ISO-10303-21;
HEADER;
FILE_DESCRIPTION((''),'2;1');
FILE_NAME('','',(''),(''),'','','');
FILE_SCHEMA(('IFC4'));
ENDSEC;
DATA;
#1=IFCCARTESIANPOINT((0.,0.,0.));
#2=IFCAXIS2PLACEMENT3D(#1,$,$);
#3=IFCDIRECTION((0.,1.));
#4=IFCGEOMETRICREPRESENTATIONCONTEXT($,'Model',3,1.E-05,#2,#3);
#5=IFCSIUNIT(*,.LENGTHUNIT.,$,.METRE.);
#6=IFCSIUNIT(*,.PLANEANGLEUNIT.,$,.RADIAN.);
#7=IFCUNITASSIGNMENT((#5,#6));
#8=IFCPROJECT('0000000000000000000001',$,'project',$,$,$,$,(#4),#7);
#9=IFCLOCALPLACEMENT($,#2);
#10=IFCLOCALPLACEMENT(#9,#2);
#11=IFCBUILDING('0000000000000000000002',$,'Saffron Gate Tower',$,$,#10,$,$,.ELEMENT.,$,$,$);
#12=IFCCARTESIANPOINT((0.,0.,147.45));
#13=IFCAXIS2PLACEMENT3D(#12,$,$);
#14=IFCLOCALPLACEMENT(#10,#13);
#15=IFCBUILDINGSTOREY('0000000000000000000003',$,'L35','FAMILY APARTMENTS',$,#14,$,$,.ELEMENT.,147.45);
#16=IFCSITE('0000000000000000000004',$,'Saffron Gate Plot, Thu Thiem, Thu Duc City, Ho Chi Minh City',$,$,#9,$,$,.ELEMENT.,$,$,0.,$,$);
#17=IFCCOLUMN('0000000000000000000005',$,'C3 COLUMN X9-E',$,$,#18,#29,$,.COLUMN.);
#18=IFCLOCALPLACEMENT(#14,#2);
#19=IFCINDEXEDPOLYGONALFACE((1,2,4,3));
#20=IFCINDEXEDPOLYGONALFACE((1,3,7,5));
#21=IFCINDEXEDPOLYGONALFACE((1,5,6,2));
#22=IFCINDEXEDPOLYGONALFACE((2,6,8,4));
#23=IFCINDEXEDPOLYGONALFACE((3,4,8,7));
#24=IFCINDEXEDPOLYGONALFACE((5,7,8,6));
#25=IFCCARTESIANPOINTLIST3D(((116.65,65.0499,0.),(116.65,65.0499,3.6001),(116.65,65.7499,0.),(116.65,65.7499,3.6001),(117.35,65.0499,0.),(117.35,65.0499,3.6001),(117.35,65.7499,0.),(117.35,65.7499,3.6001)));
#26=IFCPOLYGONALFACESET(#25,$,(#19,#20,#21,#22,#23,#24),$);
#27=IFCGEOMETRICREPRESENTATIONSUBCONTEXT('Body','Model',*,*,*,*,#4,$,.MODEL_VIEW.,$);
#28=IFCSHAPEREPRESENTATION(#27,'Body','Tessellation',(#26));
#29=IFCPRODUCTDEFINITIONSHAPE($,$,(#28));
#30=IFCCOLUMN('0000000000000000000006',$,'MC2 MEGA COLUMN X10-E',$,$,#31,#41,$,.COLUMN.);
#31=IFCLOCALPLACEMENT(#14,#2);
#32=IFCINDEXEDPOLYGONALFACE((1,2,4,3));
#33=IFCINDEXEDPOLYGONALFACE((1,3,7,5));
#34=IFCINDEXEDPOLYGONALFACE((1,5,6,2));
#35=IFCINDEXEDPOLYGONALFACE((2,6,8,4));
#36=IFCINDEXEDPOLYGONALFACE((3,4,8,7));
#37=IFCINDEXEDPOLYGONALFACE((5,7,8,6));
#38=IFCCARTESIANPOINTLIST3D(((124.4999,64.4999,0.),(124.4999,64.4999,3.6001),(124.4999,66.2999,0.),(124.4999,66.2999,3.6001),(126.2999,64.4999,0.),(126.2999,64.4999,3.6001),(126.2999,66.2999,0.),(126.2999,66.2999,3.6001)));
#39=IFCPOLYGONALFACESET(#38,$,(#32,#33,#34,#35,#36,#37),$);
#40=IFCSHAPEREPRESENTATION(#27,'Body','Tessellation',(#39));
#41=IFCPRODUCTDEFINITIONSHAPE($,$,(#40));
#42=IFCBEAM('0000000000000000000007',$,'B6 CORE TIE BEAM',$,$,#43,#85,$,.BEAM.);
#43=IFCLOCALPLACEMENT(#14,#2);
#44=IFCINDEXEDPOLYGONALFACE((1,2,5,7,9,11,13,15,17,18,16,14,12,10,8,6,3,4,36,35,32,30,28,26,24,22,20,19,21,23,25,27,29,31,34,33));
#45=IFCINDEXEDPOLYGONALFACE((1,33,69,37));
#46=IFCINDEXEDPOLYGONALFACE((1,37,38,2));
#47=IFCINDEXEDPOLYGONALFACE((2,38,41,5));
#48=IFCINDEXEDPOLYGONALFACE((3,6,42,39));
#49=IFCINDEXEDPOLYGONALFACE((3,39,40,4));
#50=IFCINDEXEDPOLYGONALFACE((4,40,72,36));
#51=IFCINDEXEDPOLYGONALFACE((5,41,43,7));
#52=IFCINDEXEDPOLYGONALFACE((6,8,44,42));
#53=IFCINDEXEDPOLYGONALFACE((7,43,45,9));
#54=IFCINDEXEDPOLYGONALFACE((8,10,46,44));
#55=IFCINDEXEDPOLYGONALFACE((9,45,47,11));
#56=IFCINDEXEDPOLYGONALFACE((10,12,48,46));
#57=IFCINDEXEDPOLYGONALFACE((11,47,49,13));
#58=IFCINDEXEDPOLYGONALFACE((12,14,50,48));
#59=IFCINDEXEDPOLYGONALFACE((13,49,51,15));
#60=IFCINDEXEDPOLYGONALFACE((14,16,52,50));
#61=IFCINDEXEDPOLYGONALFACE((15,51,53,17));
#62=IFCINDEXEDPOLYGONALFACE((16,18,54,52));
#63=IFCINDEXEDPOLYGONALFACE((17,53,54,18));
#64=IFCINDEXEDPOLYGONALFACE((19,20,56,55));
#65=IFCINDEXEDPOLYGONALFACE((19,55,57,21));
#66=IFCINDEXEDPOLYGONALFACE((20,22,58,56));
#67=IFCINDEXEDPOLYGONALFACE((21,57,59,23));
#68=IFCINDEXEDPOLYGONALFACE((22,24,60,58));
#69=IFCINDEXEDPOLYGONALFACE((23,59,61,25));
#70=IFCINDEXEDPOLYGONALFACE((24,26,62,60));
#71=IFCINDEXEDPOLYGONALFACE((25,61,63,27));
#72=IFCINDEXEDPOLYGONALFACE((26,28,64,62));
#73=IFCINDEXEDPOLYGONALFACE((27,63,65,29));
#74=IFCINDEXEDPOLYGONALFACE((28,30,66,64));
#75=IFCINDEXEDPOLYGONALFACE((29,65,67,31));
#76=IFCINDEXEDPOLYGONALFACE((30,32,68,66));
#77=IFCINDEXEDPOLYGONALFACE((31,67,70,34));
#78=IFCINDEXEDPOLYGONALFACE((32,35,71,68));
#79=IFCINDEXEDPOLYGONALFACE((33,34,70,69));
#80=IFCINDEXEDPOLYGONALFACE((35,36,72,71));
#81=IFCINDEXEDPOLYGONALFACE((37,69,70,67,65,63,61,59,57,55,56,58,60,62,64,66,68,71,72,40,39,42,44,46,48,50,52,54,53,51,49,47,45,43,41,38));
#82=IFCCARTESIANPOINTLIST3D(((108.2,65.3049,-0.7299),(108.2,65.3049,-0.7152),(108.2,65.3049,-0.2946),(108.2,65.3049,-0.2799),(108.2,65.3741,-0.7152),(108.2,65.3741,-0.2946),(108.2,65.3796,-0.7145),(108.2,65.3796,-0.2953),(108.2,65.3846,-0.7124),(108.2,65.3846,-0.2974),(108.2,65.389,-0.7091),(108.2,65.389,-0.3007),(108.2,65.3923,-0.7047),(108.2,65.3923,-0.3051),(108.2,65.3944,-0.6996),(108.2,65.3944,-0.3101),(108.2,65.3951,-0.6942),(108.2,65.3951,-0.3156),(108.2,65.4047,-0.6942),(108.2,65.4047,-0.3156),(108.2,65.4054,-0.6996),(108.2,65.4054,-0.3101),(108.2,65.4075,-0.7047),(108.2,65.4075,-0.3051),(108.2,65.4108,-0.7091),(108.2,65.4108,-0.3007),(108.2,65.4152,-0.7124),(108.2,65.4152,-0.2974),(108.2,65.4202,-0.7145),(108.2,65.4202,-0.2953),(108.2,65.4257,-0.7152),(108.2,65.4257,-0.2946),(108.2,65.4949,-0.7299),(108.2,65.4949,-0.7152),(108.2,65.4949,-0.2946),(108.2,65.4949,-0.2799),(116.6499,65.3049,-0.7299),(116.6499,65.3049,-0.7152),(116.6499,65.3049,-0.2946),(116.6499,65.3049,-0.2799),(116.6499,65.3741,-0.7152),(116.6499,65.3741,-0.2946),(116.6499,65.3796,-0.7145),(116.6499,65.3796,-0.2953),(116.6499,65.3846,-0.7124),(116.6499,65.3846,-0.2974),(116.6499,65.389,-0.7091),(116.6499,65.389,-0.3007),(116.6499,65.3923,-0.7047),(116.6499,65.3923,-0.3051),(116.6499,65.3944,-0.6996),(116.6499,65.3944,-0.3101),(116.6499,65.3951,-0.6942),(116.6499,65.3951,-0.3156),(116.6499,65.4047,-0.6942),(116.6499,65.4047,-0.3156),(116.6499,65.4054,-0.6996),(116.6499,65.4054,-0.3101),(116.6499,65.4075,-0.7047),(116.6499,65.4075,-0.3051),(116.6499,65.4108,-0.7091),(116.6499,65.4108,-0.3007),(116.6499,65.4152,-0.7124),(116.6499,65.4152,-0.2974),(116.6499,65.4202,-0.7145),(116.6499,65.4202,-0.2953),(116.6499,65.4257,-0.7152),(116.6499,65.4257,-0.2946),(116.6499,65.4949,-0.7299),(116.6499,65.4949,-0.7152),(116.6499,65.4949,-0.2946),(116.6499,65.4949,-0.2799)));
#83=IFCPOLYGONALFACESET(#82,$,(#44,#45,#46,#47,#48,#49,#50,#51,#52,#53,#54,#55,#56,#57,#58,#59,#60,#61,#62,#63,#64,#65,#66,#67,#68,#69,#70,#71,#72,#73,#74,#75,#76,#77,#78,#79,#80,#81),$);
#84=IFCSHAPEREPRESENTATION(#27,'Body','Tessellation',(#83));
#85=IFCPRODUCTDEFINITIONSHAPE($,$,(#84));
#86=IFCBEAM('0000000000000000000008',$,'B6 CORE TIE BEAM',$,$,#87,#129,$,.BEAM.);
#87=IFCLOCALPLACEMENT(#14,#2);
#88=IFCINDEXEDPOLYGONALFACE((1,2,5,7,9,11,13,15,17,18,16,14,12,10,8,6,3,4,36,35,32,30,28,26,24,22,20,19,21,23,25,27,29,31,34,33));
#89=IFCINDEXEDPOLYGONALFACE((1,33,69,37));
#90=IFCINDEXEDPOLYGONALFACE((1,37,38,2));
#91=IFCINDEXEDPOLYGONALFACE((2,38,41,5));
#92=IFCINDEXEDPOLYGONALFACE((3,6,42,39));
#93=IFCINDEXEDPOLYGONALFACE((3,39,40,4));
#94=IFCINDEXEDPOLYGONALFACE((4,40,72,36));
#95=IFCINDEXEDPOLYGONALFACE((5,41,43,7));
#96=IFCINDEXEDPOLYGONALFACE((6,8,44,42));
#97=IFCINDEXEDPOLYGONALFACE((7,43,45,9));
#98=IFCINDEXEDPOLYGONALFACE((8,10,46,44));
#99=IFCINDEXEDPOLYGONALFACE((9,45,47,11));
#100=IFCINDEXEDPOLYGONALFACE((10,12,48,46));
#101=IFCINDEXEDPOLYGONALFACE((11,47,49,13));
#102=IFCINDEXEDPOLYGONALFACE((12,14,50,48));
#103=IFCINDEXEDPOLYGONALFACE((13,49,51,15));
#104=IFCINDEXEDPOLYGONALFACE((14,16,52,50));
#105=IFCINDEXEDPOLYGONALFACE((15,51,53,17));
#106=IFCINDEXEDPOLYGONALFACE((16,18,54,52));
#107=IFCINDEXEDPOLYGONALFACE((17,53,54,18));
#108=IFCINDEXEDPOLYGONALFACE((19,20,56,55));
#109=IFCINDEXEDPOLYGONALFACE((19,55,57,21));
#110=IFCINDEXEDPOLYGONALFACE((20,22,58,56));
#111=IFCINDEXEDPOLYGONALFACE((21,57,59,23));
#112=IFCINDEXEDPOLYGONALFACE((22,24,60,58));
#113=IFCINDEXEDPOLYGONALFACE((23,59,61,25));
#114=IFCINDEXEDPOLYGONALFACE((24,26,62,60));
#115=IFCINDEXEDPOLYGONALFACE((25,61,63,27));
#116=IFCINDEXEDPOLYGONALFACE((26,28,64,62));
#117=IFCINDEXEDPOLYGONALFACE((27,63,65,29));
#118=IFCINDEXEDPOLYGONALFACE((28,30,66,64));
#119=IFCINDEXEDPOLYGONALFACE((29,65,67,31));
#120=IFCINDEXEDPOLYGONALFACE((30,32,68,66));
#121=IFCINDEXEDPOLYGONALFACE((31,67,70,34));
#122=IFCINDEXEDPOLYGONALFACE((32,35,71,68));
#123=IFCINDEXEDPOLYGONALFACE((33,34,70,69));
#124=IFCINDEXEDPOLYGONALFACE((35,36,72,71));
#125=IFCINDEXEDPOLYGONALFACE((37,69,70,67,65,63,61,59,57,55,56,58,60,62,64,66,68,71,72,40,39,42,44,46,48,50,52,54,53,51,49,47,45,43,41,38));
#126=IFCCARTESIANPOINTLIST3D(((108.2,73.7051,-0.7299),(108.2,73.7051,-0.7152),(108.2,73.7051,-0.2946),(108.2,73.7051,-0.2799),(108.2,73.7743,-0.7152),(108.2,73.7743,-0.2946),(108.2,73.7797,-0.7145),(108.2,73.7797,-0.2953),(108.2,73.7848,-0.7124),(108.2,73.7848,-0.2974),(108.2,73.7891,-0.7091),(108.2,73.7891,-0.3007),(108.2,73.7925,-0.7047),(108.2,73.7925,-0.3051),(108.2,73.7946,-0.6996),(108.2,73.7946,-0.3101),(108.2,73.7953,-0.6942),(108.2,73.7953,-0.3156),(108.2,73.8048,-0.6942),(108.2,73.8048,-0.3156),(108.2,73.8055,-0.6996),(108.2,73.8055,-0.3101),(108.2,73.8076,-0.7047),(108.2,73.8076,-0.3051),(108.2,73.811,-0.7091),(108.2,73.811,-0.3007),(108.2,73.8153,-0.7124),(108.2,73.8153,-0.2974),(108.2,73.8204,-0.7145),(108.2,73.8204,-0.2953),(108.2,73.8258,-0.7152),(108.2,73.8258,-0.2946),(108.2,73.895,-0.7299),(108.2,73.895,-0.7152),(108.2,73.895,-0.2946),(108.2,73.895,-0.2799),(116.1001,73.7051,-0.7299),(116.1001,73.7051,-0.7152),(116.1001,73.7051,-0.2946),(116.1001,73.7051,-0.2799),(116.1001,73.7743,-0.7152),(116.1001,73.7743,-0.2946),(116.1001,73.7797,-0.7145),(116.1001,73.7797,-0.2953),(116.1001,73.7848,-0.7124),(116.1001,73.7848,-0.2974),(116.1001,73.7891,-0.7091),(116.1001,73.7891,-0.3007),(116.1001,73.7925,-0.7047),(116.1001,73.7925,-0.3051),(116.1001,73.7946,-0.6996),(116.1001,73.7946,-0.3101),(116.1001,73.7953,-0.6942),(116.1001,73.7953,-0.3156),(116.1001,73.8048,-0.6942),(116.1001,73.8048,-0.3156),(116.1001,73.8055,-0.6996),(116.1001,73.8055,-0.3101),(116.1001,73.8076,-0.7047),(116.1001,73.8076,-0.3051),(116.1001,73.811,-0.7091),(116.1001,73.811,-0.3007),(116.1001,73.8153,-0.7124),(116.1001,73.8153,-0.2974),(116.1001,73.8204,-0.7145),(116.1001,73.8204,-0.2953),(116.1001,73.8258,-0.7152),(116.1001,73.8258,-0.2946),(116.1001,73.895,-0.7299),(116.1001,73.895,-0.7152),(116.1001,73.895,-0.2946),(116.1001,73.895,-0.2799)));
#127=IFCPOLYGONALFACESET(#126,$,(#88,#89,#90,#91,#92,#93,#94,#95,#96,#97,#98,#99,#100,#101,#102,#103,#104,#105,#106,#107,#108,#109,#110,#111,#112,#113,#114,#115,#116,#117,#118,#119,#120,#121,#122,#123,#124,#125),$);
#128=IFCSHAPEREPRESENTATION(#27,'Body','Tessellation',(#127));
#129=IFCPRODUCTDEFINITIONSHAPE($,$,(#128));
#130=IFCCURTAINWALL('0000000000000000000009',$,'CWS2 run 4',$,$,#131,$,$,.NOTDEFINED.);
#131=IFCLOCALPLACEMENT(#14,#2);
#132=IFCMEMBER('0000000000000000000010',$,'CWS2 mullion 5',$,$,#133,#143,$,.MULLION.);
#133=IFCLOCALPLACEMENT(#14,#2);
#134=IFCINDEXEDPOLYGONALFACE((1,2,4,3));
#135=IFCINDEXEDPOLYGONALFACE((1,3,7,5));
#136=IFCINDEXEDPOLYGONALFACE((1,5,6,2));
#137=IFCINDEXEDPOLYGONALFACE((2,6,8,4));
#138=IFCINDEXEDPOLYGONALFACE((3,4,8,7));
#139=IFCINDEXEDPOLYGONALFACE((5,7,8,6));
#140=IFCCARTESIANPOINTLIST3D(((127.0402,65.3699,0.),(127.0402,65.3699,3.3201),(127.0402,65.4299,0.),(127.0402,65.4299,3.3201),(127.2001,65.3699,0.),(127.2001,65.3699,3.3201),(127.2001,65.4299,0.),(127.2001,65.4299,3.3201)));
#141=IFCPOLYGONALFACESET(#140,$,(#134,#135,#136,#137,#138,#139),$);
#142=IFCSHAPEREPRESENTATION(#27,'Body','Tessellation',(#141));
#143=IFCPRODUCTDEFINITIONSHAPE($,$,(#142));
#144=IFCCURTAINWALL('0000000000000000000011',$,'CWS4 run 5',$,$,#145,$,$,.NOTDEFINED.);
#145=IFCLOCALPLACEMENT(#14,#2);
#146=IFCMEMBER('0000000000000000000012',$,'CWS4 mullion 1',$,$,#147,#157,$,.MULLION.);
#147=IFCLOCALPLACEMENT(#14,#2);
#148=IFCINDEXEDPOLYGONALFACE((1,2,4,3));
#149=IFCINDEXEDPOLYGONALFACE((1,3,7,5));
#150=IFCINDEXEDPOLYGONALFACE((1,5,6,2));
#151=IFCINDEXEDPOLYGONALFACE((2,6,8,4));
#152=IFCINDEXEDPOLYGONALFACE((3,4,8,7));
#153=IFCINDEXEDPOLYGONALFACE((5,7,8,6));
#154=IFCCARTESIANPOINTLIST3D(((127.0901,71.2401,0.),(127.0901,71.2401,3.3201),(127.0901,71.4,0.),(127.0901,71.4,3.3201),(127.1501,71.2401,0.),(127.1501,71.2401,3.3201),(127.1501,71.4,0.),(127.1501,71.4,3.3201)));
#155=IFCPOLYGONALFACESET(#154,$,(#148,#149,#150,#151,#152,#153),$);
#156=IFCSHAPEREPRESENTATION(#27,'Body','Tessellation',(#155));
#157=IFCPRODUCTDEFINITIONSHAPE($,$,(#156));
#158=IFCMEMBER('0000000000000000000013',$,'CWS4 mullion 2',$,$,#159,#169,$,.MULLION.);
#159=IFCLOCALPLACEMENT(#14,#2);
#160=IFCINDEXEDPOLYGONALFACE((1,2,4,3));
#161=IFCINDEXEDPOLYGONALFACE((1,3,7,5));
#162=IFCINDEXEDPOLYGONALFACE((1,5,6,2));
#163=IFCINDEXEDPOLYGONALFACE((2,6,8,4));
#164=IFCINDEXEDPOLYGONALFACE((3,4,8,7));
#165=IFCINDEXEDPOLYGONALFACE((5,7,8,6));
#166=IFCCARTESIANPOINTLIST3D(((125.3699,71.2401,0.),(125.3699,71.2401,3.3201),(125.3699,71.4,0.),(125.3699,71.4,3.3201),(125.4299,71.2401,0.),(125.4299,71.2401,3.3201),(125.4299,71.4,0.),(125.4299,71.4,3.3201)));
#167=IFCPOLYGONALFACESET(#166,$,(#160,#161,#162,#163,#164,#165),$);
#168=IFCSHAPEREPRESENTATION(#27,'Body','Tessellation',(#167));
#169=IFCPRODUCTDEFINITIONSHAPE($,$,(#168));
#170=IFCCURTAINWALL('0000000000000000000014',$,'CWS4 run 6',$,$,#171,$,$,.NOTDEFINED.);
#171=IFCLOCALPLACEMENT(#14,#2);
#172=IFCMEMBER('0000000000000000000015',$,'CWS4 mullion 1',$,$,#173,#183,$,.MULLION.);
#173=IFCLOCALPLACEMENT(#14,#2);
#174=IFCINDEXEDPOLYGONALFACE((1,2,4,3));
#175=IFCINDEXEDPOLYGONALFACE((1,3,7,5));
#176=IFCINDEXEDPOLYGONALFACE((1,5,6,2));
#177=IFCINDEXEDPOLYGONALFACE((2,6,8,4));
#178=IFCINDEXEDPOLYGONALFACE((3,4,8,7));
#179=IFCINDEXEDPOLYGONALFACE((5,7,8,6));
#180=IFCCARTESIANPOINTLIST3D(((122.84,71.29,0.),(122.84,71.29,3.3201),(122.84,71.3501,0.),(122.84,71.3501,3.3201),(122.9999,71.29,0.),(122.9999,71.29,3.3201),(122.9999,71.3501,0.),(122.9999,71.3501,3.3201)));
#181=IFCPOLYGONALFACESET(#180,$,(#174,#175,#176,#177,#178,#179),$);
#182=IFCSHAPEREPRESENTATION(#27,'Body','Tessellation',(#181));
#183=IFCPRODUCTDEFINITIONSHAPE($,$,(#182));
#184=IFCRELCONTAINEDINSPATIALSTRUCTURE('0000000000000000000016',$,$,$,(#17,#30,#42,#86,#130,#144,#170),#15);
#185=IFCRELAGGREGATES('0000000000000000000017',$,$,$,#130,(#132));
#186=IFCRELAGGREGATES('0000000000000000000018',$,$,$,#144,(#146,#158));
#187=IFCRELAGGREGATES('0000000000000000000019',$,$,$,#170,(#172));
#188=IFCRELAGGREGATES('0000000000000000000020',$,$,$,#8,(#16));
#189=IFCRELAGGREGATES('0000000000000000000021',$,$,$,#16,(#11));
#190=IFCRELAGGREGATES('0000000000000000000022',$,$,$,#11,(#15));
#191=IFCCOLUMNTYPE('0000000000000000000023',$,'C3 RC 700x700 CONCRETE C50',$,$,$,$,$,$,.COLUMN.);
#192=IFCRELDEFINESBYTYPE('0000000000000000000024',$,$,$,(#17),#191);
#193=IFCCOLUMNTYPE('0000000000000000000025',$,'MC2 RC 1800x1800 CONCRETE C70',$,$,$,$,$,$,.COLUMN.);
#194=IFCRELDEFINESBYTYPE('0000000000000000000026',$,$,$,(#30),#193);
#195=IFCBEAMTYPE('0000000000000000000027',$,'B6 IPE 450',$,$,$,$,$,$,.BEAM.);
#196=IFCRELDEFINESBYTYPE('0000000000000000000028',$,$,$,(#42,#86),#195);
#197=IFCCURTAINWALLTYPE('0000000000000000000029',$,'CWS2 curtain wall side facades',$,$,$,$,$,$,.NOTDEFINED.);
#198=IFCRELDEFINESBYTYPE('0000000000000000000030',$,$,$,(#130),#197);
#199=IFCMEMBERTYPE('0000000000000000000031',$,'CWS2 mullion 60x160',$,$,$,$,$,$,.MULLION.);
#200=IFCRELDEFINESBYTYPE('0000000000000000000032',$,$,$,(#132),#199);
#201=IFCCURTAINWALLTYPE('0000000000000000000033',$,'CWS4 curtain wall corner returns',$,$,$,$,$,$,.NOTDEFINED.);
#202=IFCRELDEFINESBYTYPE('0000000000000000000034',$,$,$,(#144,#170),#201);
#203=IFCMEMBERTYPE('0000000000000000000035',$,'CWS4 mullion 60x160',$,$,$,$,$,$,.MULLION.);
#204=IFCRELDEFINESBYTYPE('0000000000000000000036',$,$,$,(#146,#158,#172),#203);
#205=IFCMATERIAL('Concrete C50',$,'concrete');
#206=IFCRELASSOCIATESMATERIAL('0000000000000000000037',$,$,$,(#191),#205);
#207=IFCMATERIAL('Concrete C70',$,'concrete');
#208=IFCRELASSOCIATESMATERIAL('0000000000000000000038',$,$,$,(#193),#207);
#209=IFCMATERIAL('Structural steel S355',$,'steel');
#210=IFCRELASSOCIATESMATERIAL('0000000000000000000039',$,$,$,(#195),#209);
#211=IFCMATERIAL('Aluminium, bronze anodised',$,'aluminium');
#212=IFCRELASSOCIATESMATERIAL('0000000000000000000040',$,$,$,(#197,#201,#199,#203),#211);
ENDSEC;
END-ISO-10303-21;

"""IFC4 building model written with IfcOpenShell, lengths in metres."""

from ifc_helpers import new_model, si_unit, direction, frame, origin, origin_2d, place, context, subcontext, project, spatial, rectangle, i_section, extrude, material, material_profile, profile_set, type_object, element, aggregate, save


model = new_model("IFC4")

# Units and contexts
model_context = context("Model", 3, precision=1e-05, world=origin(), true_north=direction((0.0, 1.0)))
body_context = subcontext(model_context, "Body", "Model", "MODEL_VIEW")
ifc_project = project(units=[si_unit("LENGTHUNIT", "METRE"), si_unit("PLANEANGLEUNIT", "RADIAN")], contexts=[model_context])

# Site, building, storey
site_placement = place(None, origin())
site = spatial("IfcSite", under=ifc_project, at=site_placement, Name="Saffron Gate Plot, Thu Thiem, Thu Duc City, Ho Chi Minh City", CompositionType="ELEMENT", RefElevation=0.0)
building_placement = place(site_placement, origin())
building = spatial("IfcBuilding", under=site, at=building_placement, Name="Saffron Gate Tower", CompositionType="ELEMENT")
storey_placement = place(building_placement, frame((0.0, 0.0, 147.45)))
storey = spatial("IfcBuildingStorey", under=building, at=storey_placement, Name="L35", Description="FAMILY APARTMENTS", CompositionType="ELEMENT", Elevation=147.45)

# Columns
ifc_material_1 = material(Name="Concrete C50", Category="concrete")
ifc_material_profile_1 = material_profile(ifc_material_1, rectangle(XDim=0.7, YDim=0.7, at=origin_2d()))
ifc_profile_set_1 = profile_set([ifc_material_profile_1], Name="Concrete C50")
column_type_1 = type_object("IfcColumnType", Name="C3 RC 700x700 CONCRETE C50", PredefinedType="COLUMN", material=ifc_profile_set_1)
column_1_placement = place(storey_placement, frame((117.0, 65.3999, 0.0), z_axis=(0.0, 0.0, 1.0), x_axis=(1.0, 0.0, 0.0)))
element("IfcColumn", 1, at=column_1_placement, inside=storey, type_object=column_type_1, Name="C3 COLUMN X9-E", PredefinedType="COLUMN", context=body_context, shape_type="SweptSolid", body=[
    extrude(rectangle(XDim=0.7, YDim=0.7, at=origin_2d()), origin(), (0.0, 0.0, 1.0), 3.6001),
])
ifc_material_2 = material(Name="Concrete C70", Category="concrete")
ifc_material_profile_2 = material_profile(ifc_material_2, rectangle(XDim=1.8, YDim=1.8, at=origin_2d()))
ifc_profile_set_2 = profile_set([ifc_material_profile_2], Name="Concrete C70")
column_type_2 = type_object("IfcColumnType", Name="MC2 RC 1800x1800 CONCRETE C70", PredefinedType="COLUMN", material=ifc_profile_set_2)
column_2_placement = place(storey_placement, frame((125.3999, 65.3999, 0.0), z_axis=(0.0, 0.0, 1.0), x_axis=(1.0, 0.0, 0.0)))
element("IfcColumn", 2, at=column_2_placement, inside=storey, type_object=column_type_2, Name="MC2 MEGA COLUMN X10-E", PredefinedType="COLUMN", context=body_context, shape_type="SweptSolid", body=[
    extrude(rectangle(XDim=1.8, YDim=1.8, at=origin_2d()), origin(), (0.0, 0.0, 1.0), 3.6001),
])

# Beams
ifc_material_3 = material(Name="Structural steel S355", Category="steel")
ifc_material_profile_3 = material_profile(ifc_material_3, i_section(OverallWidth=0.1899, OverallDepth=0.45, WebThickness=0.0095, FlangeThickness=0.0146, FilletRadius=0.021, at=origin_2d()))
ifc_profile_set_3 = profile_set([ifc_material_profile_3], Name="Structural steel S355")
beam_type = type_object("IfcBeamType", Name="B6 IPE 450", PredefinedType="BEAM", material=ifc_profile_set_3)
beam_1_placement = place(storey_placement, frame((116.6499, 65.3999, -0.5049), z_axis=(-1.0, 0.0, 0.0), x_axis=(0.0, -1.0, 0.0)))
element("IfcBeam", 3, at=beam_1_placement, inside=storey, type_object=beam_type, Name="B6 CORE TIE BEAM", PredefinedType="BEAM", context=body_context, shape_type="SweptSolid", body=[
    extrude(i_section(OverallWidth=0.1899, OverallDepth=0.45, WebThickness=0.0095, FlangeThickness=0.0146, FilletRadius=0.021, at=origin_2d()), origin(), (0.0, 0.0, 1.0), 8.45),
])
beam_2_placement = place(storey_placement, frame((116.1001, 73.8, -0.5049), z_axis=(-1.0, 0.0, 0.0), x_axis=(0.0, -1.0, 0.0)))
element("IfcBeam", 4, at=beam_2_placement, inside=storey, type_object=beam_type, Name="B6 CORE TIE BEAM", PredefinedType="BEAM", context=body_context, shape_type="SweptSolid", body=[
    extrude(i_section(OverallWidth=0.1899, OverallDepth=0.45, WebThickness=0.0095, FlangeThickness=0.0146, FilletRadius=0.021, at=origin_2d()), origin(), (0.0, 0.0, 1.0), 7.9001),
])

# Curtain wall, member
ifc_material_4 = material(Name="Aluminium, bronze anodised", Category="aluminium")
curtain_wall_type_1 = type_object("IfcCurtainWallType", Name="CWS2 curtain wall side facades", PredefinedType="NOTDEFINED", material=ifc_material_4)
curtain_wall_1_placement = place(storey_placement, origin())
curtain_wall_1 = element("IfcCurtainWall", 5, at=curtain_wall_1_placement, inside=storey, type_object=curtain_wall_type_1, Name="CWS2 run 4", PredefinedType="NOTDEFINED")
ifc_material_profile_4 = material_profile(ifc_material_4, rectangle(XDim=0.1599, YDim=0.0601, at=origin_2d()))
ifc_profile_set_4 = profile_set([ifc_material_profile_4], Name="Aluminium, bronze anodised")
member_type_1 = type_object("IfcMemberType", Name="CWS2 mullion 60x160", PredefinedType="MULLION", material=ifc_profile_set_4)
member_1_placement = place(storey_placement, frame((127.1201, 65.3999, 0.0), z_axis=(0.0, 0.0, 1.0), x_axis=(-1.0, 0.0, 0.0)))
member_1 = element("IfcMember", 6, at=member_1_placement, type_object=member_type_1, Name="CWS2 mullion 5", PredefinedType="MULLION", context=body_context, shape_type="SweptSolid", body=[
    extrude(rectangle(XDim=0.1599, YDim=0.0601, at=origin_2d()), origin(), (0.0, 0.0, 1.0), 3.3201),
])
aggregate(curtain_wall_1, [member_1])

# Curtain wall, members
curtain_wall_type_2 = type_object("IfcCurtainWallType", Name="CWS4 curtain wall corner returns", PredefinedType="NOTDEFINED", material=ifc_material_4)
curtain_wall_2_placement = place(storey_placement, origin())
curtain_wall_2 = element("IfcCurtainWall", 7, at=curtain_wall_2_placement, inside=storey, type_object=curtain_wall_type_2, Name="CWS4 run 5", PredefinedType="NOTDEFINED")
ifc_material_profile_5 = material_profile(ifc_material_4, rectangle(XDim=0.1599, YDim=0.0601, at=origin_2d()))
ifc_profile_set_5 = profile_set([ifc_material_profile_5], Name="Aluminium, bronze anodised")
member_type_2 = type_object("IfcMemberType", Name="CWS4 mullion 60x160", PredefinedType="MULLION", material=ifc_profile_set_5)
member_2_placement = place(storey_placement, frame((127.1201, 71.3201, 0.0), z_axis=(0.0, 0.0, 1.0), x_axis=(0.0, -1.0, 0.0)))
member_2 = element("IfcMember", 8, at=member_2_placement, type_object=member_type_2, Name="CWS4 mullion 1", PredefinedType="MULLION", context=body_context, shape_type="SweptSolid", body=[
    extrude(rectangle(XDim=0.1599, YDim=0.0601, at=origin_2d()), origin(), (0.0, 0.0, 1.0), 3.3201),
])
member_3_placement = place(storey_placement, frame((125.3999, 71.3201, 0.0), z_axis=(0.0, 0.0, 1.0), x_axis=(0.0, -1.0, 0.0)))
member_3 = element("IfcMember", 9, at=member_3_placement, type_object=member_type_2, Name="CWS4 mullion 2", PredefinedType="MULLION", context=body_context, shape_type="SweptSolid", body=[
    extrude(rectangle(XDim=0.1599, YDim=0.0601, at=origin_2d()), origin(), (0.0, 0.0, 1.0), 3.3201),
])

# Curtain wall, member
curtain_wall_3_placement = place(storey_placement, origin())
curtain_wall_3 = element("IfcCurtainWall", 10, at=curtain_wall_3_placement, inside=storey, type_object=curtain_wall_type_2, Name="CWS4 run 6", PredefinedType="NOTDEFINED")
member_4_placement = place(storey_placement, frame((122.9199, 71.3201, 0.0), z_axis=(0.0, 0.0, 1.0), x_axis=(-1.0, 0.0, 0.0)))
member_4 = element("IfcMember", 11, at=member_4_placement, type_object=member_type_2, Name="CWS4 mullion 1", PredefinedType="MULLION", context=body_context, shape_type="SweptSolid", body=[
    extrude(rectangle(XDim=0.1599, YDim=0.0601, at=origin_2d()), origin(), (0.0, 0.0, 1.0), 3.3201),
])

aggregate(curtain_wall_2, [member_2, member_3])
aggregate(curtain_wall_3, [member_4])

save(model, "model.ifc")
